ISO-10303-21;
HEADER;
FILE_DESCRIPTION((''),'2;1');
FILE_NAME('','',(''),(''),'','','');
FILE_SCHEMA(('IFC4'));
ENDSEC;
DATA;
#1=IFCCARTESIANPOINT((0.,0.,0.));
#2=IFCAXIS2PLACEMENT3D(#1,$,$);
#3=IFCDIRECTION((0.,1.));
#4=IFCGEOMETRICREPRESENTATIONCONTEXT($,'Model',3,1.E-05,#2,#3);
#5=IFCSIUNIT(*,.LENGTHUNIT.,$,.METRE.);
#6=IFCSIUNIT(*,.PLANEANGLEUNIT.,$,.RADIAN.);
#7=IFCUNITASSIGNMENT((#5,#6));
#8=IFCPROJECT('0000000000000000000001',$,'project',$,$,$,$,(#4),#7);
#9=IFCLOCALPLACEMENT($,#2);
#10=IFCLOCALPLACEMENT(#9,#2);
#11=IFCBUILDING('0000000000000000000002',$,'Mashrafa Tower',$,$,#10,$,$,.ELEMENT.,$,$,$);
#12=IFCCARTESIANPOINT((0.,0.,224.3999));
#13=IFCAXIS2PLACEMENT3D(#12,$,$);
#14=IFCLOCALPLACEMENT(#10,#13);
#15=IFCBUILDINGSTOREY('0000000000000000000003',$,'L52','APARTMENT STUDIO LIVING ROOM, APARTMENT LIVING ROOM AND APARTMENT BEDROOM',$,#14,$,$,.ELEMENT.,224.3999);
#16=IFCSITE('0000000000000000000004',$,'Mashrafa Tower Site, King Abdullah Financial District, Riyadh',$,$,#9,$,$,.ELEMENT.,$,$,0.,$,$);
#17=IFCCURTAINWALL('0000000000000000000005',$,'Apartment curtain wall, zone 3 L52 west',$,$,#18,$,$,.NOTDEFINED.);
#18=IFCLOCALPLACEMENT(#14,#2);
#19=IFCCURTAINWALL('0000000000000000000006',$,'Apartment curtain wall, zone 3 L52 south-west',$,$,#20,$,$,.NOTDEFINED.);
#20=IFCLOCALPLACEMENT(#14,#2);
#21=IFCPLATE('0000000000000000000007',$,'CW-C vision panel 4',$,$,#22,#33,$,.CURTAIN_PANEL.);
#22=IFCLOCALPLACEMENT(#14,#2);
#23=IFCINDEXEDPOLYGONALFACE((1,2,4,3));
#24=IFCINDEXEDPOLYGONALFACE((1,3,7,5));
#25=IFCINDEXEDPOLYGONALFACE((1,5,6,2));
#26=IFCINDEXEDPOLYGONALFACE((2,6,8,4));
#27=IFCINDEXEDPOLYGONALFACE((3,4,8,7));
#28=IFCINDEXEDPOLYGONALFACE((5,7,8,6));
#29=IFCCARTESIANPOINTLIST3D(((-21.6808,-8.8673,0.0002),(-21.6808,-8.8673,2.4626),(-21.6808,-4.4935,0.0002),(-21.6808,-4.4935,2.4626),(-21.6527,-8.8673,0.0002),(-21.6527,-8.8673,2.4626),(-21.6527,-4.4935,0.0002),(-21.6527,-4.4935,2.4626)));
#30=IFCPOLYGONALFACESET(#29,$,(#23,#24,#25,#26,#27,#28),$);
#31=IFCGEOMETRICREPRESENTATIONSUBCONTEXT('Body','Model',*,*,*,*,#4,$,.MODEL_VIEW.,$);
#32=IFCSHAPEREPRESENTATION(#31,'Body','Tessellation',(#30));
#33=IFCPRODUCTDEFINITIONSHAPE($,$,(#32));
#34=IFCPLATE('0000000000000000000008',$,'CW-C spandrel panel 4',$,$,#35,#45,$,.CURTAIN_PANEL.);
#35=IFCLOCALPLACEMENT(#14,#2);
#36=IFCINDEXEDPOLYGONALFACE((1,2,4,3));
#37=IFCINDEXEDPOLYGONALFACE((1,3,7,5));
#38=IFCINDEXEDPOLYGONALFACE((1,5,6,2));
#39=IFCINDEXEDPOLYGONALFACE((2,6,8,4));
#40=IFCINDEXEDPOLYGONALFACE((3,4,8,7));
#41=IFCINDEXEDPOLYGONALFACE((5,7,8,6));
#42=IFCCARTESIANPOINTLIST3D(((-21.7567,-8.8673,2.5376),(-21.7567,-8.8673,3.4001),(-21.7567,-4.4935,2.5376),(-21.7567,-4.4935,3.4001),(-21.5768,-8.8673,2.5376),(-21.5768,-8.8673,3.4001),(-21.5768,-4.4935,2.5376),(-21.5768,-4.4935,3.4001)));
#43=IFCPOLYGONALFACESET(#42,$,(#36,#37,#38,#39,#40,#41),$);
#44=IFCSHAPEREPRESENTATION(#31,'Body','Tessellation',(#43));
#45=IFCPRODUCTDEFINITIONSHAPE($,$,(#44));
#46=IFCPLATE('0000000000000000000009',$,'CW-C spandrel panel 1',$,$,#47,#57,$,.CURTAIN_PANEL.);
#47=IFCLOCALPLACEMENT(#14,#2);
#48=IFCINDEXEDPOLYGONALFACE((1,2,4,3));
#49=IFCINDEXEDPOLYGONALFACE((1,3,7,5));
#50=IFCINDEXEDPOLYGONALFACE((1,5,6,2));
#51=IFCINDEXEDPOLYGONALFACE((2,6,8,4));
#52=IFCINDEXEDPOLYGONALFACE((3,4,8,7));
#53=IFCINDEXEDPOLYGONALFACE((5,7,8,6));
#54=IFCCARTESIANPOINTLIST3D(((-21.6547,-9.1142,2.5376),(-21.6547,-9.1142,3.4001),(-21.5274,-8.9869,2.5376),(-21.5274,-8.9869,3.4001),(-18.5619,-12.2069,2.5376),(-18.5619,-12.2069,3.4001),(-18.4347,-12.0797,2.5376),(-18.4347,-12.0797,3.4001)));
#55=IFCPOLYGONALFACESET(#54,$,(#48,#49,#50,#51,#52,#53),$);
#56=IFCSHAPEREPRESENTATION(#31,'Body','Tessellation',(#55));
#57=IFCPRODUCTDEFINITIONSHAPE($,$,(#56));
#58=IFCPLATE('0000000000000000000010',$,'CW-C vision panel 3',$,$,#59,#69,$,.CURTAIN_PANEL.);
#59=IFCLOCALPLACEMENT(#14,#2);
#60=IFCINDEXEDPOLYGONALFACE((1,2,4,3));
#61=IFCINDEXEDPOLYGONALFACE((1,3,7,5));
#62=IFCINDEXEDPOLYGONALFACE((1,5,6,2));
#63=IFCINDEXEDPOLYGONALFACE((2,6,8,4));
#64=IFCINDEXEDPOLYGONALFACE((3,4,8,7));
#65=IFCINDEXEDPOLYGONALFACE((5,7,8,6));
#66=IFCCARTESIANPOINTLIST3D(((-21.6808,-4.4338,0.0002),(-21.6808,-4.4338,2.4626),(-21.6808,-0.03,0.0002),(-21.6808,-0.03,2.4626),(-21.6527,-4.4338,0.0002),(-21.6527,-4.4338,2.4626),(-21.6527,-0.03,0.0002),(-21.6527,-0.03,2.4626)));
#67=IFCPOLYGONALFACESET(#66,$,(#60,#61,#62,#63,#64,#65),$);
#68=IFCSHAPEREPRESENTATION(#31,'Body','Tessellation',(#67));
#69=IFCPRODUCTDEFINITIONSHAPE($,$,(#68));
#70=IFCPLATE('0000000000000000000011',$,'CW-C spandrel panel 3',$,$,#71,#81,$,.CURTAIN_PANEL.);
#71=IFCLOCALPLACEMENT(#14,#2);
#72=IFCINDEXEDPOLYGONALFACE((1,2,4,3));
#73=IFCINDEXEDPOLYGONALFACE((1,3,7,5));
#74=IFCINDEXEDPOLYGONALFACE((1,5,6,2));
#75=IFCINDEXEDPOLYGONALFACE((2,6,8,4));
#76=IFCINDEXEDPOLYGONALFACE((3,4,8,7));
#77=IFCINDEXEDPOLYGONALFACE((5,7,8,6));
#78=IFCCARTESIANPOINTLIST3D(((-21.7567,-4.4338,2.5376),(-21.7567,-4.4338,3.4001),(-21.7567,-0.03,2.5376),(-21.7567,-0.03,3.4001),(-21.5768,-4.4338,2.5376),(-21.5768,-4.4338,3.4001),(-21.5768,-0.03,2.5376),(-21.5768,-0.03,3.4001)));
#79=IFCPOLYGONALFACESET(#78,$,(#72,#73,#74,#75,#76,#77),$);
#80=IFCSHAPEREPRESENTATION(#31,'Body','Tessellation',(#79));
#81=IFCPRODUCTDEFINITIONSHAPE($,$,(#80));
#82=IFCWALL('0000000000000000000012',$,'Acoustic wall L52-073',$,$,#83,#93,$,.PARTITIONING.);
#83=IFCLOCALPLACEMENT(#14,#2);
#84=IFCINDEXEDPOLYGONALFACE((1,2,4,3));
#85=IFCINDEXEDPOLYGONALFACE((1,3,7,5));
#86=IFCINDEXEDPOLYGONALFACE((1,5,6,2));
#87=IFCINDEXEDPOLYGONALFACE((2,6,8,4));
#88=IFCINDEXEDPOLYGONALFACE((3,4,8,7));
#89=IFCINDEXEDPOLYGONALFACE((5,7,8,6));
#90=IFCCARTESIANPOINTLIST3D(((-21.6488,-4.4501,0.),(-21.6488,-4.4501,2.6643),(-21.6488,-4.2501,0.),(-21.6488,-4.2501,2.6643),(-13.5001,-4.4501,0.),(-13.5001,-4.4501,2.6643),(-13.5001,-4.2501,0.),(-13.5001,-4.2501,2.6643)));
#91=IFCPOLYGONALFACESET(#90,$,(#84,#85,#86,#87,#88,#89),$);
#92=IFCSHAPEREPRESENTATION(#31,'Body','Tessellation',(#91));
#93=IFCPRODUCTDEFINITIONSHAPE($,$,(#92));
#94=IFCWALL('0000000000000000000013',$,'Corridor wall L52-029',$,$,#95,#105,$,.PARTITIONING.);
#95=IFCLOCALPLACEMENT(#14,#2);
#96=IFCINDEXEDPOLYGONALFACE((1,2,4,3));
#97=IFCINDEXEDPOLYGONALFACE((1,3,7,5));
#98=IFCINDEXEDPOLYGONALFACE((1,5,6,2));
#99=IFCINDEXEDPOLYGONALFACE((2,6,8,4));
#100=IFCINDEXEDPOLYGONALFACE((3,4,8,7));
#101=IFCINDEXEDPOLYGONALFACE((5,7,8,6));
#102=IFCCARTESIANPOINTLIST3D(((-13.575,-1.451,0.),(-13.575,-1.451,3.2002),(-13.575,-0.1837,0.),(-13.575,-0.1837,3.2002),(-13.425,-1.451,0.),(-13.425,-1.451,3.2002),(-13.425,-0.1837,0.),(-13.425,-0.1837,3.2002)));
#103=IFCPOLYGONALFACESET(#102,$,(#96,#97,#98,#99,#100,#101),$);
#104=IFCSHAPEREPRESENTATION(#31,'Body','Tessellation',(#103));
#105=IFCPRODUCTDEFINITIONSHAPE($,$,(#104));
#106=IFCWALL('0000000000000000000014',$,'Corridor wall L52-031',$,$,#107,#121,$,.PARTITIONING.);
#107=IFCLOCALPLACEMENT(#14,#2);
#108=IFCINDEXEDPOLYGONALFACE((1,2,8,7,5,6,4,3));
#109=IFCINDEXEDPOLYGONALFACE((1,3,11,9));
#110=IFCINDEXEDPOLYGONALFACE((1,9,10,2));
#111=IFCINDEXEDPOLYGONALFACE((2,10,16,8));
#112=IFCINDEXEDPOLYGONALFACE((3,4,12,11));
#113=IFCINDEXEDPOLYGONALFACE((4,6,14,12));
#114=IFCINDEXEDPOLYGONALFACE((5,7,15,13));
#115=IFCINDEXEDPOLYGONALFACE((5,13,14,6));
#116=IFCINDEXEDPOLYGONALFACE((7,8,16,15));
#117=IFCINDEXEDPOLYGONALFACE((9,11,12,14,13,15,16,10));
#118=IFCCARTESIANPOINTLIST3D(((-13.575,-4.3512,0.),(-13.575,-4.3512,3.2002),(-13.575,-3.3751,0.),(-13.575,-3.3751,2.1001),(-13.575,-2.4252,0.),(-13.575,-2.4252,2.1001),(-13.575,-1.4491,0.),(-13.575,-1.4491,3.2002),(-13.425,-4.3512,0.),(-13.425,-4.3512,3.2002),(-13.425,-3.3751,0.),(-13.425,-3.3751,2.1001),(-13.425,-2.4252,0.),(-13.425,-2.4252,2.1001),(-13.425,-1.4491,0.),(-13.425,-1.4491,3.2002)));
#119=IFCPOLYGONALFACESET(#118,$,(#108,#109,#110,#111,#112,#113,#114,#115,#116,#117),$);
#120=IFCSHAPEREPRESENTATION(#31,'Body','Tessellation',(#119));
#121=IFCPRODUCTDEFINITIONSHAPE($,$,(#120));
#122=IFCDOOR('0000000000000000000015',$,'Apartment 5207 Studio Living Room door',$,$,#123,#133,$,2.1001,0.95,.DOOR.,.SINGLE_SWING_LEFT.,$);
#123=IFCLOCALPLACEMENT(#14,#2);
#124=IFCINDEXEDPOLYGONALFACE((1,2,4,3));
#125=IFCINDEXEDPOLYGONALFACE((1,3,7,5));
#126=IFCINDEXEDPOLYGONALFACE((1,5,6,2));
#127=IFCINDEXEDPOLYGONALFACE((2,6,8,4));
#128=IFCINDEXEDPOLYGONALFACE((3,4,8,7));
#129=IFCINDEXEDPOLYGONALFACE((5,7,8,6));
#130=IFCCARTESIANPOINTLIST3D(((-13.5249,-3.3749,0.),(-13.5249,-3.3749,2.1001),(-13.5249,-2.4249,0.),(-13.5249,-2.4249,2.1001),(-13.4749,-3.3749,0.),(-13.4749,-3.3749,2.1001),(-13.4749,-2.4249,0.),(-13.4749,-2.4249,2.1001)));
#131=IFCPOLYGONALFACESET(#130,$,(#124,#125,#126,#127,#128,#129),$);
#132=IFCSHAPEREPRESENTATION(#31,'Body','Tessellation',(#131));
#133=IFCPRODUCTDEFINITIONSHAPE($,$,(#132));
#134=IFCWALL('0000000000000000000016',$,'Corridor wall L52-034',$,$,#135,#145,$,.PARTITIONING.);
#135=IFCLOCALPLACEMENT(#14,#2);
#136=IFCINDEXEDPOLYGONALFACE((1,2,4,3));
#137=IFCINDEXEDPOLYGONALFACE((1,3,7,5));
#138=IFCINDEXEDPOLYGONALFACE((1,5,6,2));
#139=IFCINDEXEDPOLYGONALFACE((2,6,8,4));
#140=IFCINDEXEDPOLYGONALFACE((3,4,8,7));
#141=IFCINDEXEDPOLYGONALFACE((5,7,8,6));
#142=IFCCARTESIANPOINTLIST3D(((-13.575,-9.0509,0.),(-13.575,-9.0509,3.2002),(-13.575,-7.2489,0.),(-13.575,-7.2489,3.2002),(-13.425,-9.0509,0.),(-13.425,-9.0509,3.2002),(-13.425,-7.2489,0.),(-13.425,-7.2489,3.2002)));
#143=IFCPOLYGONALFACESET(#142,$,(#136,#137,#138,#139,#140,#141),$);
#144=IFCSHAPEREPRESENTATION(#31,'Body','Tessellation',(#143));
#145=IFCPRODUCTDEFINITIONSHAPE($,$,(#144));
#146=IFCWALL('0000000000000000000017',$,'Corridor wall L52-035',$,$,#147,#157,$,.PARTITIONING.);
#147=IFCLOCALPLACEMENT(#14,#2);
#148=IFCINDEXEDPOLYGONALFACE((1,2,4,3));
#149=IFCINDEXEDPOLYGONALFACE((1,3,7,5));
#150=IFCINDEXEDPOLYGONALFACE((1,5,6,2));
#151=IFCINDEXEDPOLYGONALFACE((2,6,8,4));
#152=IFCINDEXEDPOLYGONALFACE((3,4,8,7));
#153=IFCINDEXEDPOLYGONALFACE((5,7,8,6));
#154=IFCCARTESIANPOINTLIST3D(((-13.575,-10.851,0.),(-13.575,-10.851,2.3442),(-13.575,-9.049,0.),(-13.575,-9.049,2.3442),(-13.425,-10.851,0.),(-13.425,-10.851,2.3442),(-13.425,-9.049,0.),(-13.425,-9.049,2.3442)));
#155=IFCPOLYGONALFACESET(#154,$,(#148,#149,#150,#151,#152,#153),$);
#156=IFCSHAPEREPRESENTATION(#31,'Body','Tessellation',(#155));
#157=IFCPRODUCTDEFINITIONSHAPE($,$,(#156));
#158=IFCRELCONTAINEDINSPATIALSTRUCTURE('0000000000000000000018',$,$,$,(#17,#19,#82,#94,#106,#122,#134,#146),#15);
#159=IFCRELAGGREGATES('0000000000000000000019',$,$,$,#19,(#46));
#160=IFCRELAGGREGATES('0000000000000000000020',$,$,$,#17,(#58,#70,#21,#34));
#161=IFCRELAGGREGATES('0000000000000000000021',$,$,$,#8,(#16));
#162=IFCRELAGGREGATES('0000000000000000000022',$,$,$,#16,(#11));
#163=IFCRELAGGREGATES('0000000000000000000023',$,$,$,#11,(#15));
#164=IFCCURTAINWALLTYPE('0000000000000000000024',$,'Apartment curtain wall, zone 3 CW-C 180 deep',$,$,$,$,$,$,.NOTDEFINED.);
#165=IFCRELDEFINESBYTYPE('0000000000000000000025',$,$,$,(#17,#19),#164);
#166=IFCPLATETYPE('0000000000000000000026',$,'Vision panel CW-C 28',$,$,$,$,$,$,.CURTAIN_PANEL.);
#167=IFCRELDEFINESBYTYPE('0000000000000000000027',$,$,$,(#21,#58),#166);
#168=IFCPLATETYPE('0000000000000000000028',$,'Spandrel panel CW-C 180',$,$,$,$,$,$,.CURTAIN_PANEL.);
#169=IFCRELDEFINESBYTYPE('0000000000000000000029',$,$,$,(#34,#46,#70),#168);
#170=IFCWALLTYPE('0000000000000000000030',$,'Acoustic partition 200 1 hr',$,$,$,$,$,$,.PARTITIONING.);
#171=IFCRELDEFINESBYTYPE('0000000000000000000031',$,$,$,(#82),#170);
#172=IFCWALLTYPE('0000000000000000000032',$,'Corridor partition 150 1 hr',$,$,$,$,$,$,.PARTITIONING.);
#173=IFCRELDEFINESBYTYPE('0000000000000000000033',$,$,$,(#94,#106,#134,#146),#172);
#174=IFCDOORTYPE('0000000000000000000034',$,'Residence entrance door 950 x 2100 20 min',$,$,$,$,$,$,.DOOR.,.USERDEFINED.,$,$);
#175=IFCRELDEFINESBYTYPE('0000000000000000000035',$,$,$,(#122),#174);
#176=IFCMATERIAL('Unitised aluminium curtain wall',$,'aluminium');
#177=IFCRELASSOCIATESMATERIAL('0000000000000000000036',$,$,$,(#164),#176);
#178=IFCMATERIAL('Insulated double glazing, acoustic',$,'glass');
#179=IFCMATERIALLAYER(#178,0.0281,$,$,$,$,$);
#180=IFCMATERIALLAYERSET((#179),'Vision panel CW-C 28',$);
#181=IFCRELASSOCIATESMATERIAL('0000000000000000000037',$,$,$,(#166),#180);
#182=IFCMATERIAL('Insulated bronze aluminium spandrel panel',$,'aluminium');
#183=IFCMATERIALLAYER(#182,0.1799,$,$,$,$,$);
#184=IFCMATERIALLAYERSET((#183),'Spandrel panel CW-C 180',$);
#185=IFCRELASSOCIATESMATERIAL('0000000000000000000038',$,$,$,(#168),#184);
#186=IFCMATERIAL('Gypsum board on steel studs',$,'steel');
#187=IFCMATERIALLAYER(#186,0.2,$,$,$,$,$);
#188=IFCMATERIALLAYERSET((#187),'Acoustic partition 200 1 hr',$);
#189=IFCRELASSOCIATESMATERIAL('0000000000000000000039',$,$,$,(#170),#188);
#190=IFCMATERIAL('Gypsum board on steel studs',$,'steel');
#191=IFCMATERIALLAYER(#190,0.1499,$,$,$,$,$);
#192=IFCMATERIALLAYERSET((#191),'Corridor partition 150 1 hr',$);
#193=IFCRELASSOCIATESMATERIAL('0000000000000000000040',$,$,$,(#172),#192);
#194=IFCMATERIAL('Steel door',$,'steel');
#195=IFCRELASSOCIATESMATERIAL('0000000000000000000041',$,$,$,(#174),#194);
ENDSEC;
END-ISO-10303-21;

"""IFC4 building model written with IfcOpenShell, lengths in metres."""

from ifc_helpers import new_model, si_unit, direction, frame, frame_2d, origin, origin_2d, place, context, subcontext, project, spatial, rectangle, extrude, source, transform, mapped, material, layer, layer_set, type_object, type_shapes, element, fill, aggregate, save


model = new_model("IFC4")

# Units and contexts
model_context = context("Model", 3, precision=1e-05, world=origin(), true_north=direction((0.0, 1.0)))
body_context = subcontext(model_context, "Body", "Model", "MODEL_VIEW")
ifc_project = project(units=[si_unit("LENGTHUNIT", "METRE"), si_unit("PLANEANGLEUNIT", "RADIAN")], contexts=[model_context])

# Site, building, storey
site_placement = place(None, origin())
site = spatial("IfcSite", under=ifc_project, at=site_placement, Name="Mashrafa Tower Site, King Abdullah Financial District, Riyadh", CompositionType="ELEMENT", RefElevation=0.0)
building_placement = place(site_placement, origin())
building = spatial("IfcBuilding", under=site, at=building_placement, Name="Mashrafa Tower", CompositionType="ELEMENT")
storey_placement = place(building_placement, frame((0.0, 0.0, 224.3999)))
storey = spatial("IfcBuildingStorey", under=building, at=storey_placement, Name="L52", Description="APARTMENT STUDIO LIVING ROOM, APARTMENT LIVING ROOM AND APARTMENT BEDROOM", CompositionType="ELEMENT", Elevation=224.3999)

# Curtain wall
ifc_material_1 = material(Name="Unitised aluminium curtain wall", Category="aluminium")
curtain_wall_type = type_object("IfcCurtainWallType", Name="Apartment curtain wall, zone 3 CW-C 180 deep", PredefinedType="NOTDEFINED", material=ifc_material_1)
curtain_wall_1_placement = place(storey_placement, origin())
curtain_wall_1 = element("IfcCurtainWall", 1, at=curtain_wall_1_placement, inside=storey, type_object=curtain_wall_type, Name="Apartment curtain wall, zone 3 L52 west", PredefinedType="NOTDEFINED")

# Curtain wall
curtain_wall_2_placement = place(storey_placement, origin())
curtain_wall_2 = element("IfcCurtainWall", 2, at=curtain_wall_2_placement, inside=storey, type_object=curtain_wall_type, Name="Apartment curtain wall, zone 3 L52 south-west", PredefinedType="NOTDEFINED")

# Plates
ifc_material_2 = material(Name="Insulated double glazing, acoustic", Category="glass")
ifc_layer_1 = layer(ifc_material_2, 0.0281)
ifc_layer_set_1 = layer_set([ifc_layer_1], Name="Vision panel CW-C 28")
plate_type_1 = type_object("IfcPlateType", Name="Vision panel CW-C 28", PredefinedType="CURTAIN_PANEL", material=ifc_layer_set_1)
shared_shape_1 = source(origin(), body_context, "Body", "SweptSolid", [
    extrude(rectangle(XDim=4.3738, YDim=0.0281, at=origin_2d()), origin(), (0.0, 0.0, 1.0), 2.4624),
])
plate_1_placement = place(storey_placement, frame((-21.6667, -6.6804, 0.0002), z_axis=(0.0, 0.0, 1.0), x_axis=(0.0, -1.0, 0.0)))
plate_1 = element("IfcPlate", 3, at=plate_1_placement, type_object=plate_type_1, Name="CW-C vision panel 4", PredefinedType="CURTAIN_PANEL", context=body_context, shape_type="MappedRepresentation", body=[
    mapped(shared_shape_1, transform((0.0, 0.0, 0.0))),
])
ifc_material_3 = material(Name="Insulated bronze aluminium spandrel panel", Category="aluminium")
ifc_layer_2 = layer(ifc_material_3, 0.1799)
ifc_layer_set_2 = layer_set([ifc_layer_2], Name="Spandrel panel CW-C 180")
plate_type_2 = type_object("IfcPlateType", Name="Spandrel panel CW-C 180", PredefinedType="CURTAIN_PANEL", material=ifc_layer_set_2)
shared_shape_2 = source(origin(), body_context, "Body", "SweptSolid", [
    extrude(rectangle(XDim=4.3738, YDim=0.1799, at=origin_2d()), origin(), (0.0, 0.0, 1.0), 0.8625),
])
plate_2_placement = place(storey_placement, frame((-21.6667, -6.6804, 2.5376), z_axis=(0.0, 0.0, 1.0), x_axis=(0.0, -1.0, 0.0)))
plate_2 = element("IfcPlate", 4, at=plate_2_placement, type_object=plate_type_2, Name="CW-C spandrel panel 4", PredefinedType="CURTAIN_PANEL", context=body_context, shape_type="MappedRepresentation", body=[
    mapped(shared_shape_2, transform((0.0, 0.0, 0.0))),
])
plate_3_placement = place(storey_placement, frame((-20.0447, -10.5969, 2.5376), z_axis=(0.0, 0.0, 1.0), x_axis=(0.707107, -0.707107, 0.0)))
plate_3 = element("IfcPlate", 5, at=plate_3_placement, type_object=plate_type_2, Name="CW-C spandrel panel 1", PredefinedType="CURTAIN_PANEL", context=body_context, shape_type="MappedRepresentation", body=[
    mapped(shared_shape_2, transform((0.0, 0.0, 0.0))),
])
aggregate(curtain_wall_2, [plate_3])
shared_shape_3 = source(origin(), body_context, "Body", "SweptSolid", [
    extrude(rectangle(XDim=4.4038, YDim=0.0281, at=origin_2d()), origin(), (0.0, 0.0, 1.0), 2.4624),
])
type_shapes(plate_type_1, [shared_shape_1, shared_shape_3])
plate_4_placement = place(storey_placement, frame((-21.6667, -2.2319, 0.0002), z_axis=(0.0, 0.0, 1.0), x_axis=(0.0, -1.0, 0.0)))
plate_4 = element("IfcPlate", 6, at=plate_4_placement, type_object=plate_type_1, Name="CW-C vision panel 3", PredefinedType="CURTAIN_PANEL", context=body_context, shape_type="MappedRepresentation", body=[
    mapped(shared_shape_3, transform((0.0, 0.0, 0.0))),
])
shared_shape_4 = source(origin(), body_context, "Body", "SweptSolid", [
    extrude(rectangle(XDim=4.4038, YDim=0.1799, at=origin_2d()), origin(), (0.0, 0.0, 1.0), 0.8625),
])
type_shapes(plate_type_2, [shared_shape_2, shared_shape_4])
plate_5_placement = place(storey_placement, frame((-21.6667, -2.2319, 2.5376), z_axis=(0.0, 0.0, 1.0), x_axis=(0.0, -1.0, 0.0)))
plate_5 = element("IfcPlate", 7, at=plate_5_placement, type_object=plate_type_2, Name="CW-C spandrel panel 3", PredefinedType="CURTAIN_PANEL", context=body_context, shape_type="MappedRepresentation", body=[
    mapped(shared_shape_4, transform((0.0, 0.0, 0.0))),
])
aggregate(curtain_wall_1, [plate_4, plate_5, plate_1, plate_2])

# Walls
ifc_material_4 = material(Name="Gypsum board on steel studs", Category="steel")
ifc_layer_3 = layer(ifc_material_4, 0.2)
ifc_layer_set_3 = layer_set([ifc_layer_3], Name="Acoustic partition 200 1 hr")
wall_type_1 = type_object("IfcWallType", Name="Acoustic partition 200 1 hr", PredefinedType="PARTITIONING", material=ifc_layer_set_3)
wall_1_placement = place(storey_placement, frame((-21.6487, -4.3501, 0.0), z_axis=(0.0, 0.0, 1.0), x_axis=(1.0, 0.0, 0.0)))
element("IfcWall", 8, at=wall_1_placement, inside=storey, type_object=wall_type_1, Name="Acoustic wall L52-073", PredefinedType="PARTITIONING", context=body_context, shape_type="SweptSolid", body=[
    extrude(rectangle(XDim=8.1487, YDim=0.2, at=frame_2d((4.0742, 0.0))), origin(), (0.0, 0.0, 1.0), 2.6643),
])
ifc_material_5 = material(Name="Gypsum board on steel studs", Category="steel")
ifc_layer_4 = layer(ifc_material_5, 0.1499)
ifc_layer_set_4 = layer_set([ifc_layer_4], Name="Corridor partition 150 1 hr")
wall_type_2 = type_object("IfcWallType", Name="Corridor partition 150 1 hr", PredefinedType="PARTITIONING", material=ifc_layer_set_4)
wall_2_placement = place(storey_placement, frame((-13.5, -0.1836, 0.0), z_axis=(0.0, 0.0, 1.0), x_axis=(0.0, -1.0, 0.0)))
element("IfcWall", 9, at=wall_2_placement, inside=storey, type_object=wall_type_2, Name="Corridor wall L52-029", PredefinedType="PARTITIONING", context=body_context, shape_type="SweptSolid", body=[
    extrude(rectangle(XDim=1.2673, YDim=0.1499, at=frame_2d((0.6338, 0.0))), origin(), (0.0, 0.0, 1.0), 3.2002),
])

# Wall, opening, door
wall_3_placement = place(storey_placement, frame((-13.5, -1.449, 0.0), z_axis=(0.0, 0.0, 1.0), x_axis=(0.0, -1.0, 0.0)))
wall_3 = element("IfcWall", 10, at=wall_3_placement, inside=storey, type_object=wall_type_2, Name="Corridor wall L52-031", PredefinedType="PARTITIONING", context=body_context, shape_type="SweptSolid", body=[
    extrude(rectangle(XDim=2.9021, YDim=0.1499, at=frame_2d((1.4512, 0.0))), origin(), (0.0, 0.0, 1.0), 3.2002),
])
opening_1_placement = place(wall_3_placement, frame((0.9761, 0.0, 0.0)))
opening_1 = element("IfcOpeningElement", 11, at=opening_1_placement, cuts=wall_3, PredefinedType="OPENING", context=body_context, shape_type="SweptSolid", body=[
    extrude(rectangle(XDim=0.95, YDim=2.1001, at=frame_2d((0.4751, 1.05))), frame((0.0, 0.085, 0.0), z_axis=(0.0, -1.0, 0.0), x_axis=(1.0, 0.0, 0.0)), (0.0, 0.0, 1.0), 0.1699),
])
ifc_material_6 = material(Name="Steel door", Category="steel")
door_type = type_object("IfcDoorType", Name="Residence entrance door 950 x 2100 20 min", OperationType="USERDEFINED", PredefinedType="DOOR", material=ifc_material_6)
door_1_placement = place(opening_1_placement, frame((0.95, 0.0, 0.0), z_axis=(0.0, 0.0, 1.0), x_axis=(-1.0, 0.0, 0.0)))
door_1 = element("IfcDoor", 12, at=door_1_placement, inside=storey, type_object=door_type, Name="Apartment 5207 Studio Living Room door", OperationType="SINGLE_SWING_LEFT", OverallHeight=2.1001, OverallWidth=0.95, PredefinedType="DOOR", context=body_context, shape_type="SweptSolid", body=[
    extrude(rectangle(XDim=0.95, YDim=2.1001, at=frame_2d((0.4751, 1.05))), frame((0.0, 0.0249, 0.0), z_axis=(0.0, -1.0, 0.0), x_axis=(1.0, 0.0, 0.0)), (0.0, 0.0, 1.0), 0.05),
])
fill(opening_1, door_1)

# Walls
wall_4_placement = place(storey_placement, frame((-13.5, -7.249, 0.0), z_axis=(0.0, 0.0, 1.0), x_axis=(0.0, -1.0, 0.0)))
element("IfcWall", 13, at=wall_4_placement, inside=storey, type_object=wall_type_2, Name="Corridor wall L52-034", PredefinedType="PARTITIONING", context=body_context, shape_type="SweptSolid", body=[
    extrude(rectangle(XDim=1.802, YDim=0.1499, at=frame_2d((0.9009, 0.0))), origin(), (0.0, 0.0, 1.0), 3.2002),
])
wall_5_placement = place(storey_placement, frame((-13.5, -9.0491, 0.0), z_axis=(0.0, 0.0, 1.0), x_axis=(0.0, -1.0, 0.0)))
element("IfcWall", 14, at=wall_5_placement, inside=storey, type_object=wall_type_2, Name="Corridor wall L52-035", PredefinedType="PARTITIONING", context=body_context, shape_type="SweptSolid", body=[
    extrude(rectangle(XDim=1.802, YDim=0.1499, at=frame_2d((0.9009, 0.0))), origin(), (0.0, 0.0, 1.0), 2.3442),
])

save(model, "model.ifc")
